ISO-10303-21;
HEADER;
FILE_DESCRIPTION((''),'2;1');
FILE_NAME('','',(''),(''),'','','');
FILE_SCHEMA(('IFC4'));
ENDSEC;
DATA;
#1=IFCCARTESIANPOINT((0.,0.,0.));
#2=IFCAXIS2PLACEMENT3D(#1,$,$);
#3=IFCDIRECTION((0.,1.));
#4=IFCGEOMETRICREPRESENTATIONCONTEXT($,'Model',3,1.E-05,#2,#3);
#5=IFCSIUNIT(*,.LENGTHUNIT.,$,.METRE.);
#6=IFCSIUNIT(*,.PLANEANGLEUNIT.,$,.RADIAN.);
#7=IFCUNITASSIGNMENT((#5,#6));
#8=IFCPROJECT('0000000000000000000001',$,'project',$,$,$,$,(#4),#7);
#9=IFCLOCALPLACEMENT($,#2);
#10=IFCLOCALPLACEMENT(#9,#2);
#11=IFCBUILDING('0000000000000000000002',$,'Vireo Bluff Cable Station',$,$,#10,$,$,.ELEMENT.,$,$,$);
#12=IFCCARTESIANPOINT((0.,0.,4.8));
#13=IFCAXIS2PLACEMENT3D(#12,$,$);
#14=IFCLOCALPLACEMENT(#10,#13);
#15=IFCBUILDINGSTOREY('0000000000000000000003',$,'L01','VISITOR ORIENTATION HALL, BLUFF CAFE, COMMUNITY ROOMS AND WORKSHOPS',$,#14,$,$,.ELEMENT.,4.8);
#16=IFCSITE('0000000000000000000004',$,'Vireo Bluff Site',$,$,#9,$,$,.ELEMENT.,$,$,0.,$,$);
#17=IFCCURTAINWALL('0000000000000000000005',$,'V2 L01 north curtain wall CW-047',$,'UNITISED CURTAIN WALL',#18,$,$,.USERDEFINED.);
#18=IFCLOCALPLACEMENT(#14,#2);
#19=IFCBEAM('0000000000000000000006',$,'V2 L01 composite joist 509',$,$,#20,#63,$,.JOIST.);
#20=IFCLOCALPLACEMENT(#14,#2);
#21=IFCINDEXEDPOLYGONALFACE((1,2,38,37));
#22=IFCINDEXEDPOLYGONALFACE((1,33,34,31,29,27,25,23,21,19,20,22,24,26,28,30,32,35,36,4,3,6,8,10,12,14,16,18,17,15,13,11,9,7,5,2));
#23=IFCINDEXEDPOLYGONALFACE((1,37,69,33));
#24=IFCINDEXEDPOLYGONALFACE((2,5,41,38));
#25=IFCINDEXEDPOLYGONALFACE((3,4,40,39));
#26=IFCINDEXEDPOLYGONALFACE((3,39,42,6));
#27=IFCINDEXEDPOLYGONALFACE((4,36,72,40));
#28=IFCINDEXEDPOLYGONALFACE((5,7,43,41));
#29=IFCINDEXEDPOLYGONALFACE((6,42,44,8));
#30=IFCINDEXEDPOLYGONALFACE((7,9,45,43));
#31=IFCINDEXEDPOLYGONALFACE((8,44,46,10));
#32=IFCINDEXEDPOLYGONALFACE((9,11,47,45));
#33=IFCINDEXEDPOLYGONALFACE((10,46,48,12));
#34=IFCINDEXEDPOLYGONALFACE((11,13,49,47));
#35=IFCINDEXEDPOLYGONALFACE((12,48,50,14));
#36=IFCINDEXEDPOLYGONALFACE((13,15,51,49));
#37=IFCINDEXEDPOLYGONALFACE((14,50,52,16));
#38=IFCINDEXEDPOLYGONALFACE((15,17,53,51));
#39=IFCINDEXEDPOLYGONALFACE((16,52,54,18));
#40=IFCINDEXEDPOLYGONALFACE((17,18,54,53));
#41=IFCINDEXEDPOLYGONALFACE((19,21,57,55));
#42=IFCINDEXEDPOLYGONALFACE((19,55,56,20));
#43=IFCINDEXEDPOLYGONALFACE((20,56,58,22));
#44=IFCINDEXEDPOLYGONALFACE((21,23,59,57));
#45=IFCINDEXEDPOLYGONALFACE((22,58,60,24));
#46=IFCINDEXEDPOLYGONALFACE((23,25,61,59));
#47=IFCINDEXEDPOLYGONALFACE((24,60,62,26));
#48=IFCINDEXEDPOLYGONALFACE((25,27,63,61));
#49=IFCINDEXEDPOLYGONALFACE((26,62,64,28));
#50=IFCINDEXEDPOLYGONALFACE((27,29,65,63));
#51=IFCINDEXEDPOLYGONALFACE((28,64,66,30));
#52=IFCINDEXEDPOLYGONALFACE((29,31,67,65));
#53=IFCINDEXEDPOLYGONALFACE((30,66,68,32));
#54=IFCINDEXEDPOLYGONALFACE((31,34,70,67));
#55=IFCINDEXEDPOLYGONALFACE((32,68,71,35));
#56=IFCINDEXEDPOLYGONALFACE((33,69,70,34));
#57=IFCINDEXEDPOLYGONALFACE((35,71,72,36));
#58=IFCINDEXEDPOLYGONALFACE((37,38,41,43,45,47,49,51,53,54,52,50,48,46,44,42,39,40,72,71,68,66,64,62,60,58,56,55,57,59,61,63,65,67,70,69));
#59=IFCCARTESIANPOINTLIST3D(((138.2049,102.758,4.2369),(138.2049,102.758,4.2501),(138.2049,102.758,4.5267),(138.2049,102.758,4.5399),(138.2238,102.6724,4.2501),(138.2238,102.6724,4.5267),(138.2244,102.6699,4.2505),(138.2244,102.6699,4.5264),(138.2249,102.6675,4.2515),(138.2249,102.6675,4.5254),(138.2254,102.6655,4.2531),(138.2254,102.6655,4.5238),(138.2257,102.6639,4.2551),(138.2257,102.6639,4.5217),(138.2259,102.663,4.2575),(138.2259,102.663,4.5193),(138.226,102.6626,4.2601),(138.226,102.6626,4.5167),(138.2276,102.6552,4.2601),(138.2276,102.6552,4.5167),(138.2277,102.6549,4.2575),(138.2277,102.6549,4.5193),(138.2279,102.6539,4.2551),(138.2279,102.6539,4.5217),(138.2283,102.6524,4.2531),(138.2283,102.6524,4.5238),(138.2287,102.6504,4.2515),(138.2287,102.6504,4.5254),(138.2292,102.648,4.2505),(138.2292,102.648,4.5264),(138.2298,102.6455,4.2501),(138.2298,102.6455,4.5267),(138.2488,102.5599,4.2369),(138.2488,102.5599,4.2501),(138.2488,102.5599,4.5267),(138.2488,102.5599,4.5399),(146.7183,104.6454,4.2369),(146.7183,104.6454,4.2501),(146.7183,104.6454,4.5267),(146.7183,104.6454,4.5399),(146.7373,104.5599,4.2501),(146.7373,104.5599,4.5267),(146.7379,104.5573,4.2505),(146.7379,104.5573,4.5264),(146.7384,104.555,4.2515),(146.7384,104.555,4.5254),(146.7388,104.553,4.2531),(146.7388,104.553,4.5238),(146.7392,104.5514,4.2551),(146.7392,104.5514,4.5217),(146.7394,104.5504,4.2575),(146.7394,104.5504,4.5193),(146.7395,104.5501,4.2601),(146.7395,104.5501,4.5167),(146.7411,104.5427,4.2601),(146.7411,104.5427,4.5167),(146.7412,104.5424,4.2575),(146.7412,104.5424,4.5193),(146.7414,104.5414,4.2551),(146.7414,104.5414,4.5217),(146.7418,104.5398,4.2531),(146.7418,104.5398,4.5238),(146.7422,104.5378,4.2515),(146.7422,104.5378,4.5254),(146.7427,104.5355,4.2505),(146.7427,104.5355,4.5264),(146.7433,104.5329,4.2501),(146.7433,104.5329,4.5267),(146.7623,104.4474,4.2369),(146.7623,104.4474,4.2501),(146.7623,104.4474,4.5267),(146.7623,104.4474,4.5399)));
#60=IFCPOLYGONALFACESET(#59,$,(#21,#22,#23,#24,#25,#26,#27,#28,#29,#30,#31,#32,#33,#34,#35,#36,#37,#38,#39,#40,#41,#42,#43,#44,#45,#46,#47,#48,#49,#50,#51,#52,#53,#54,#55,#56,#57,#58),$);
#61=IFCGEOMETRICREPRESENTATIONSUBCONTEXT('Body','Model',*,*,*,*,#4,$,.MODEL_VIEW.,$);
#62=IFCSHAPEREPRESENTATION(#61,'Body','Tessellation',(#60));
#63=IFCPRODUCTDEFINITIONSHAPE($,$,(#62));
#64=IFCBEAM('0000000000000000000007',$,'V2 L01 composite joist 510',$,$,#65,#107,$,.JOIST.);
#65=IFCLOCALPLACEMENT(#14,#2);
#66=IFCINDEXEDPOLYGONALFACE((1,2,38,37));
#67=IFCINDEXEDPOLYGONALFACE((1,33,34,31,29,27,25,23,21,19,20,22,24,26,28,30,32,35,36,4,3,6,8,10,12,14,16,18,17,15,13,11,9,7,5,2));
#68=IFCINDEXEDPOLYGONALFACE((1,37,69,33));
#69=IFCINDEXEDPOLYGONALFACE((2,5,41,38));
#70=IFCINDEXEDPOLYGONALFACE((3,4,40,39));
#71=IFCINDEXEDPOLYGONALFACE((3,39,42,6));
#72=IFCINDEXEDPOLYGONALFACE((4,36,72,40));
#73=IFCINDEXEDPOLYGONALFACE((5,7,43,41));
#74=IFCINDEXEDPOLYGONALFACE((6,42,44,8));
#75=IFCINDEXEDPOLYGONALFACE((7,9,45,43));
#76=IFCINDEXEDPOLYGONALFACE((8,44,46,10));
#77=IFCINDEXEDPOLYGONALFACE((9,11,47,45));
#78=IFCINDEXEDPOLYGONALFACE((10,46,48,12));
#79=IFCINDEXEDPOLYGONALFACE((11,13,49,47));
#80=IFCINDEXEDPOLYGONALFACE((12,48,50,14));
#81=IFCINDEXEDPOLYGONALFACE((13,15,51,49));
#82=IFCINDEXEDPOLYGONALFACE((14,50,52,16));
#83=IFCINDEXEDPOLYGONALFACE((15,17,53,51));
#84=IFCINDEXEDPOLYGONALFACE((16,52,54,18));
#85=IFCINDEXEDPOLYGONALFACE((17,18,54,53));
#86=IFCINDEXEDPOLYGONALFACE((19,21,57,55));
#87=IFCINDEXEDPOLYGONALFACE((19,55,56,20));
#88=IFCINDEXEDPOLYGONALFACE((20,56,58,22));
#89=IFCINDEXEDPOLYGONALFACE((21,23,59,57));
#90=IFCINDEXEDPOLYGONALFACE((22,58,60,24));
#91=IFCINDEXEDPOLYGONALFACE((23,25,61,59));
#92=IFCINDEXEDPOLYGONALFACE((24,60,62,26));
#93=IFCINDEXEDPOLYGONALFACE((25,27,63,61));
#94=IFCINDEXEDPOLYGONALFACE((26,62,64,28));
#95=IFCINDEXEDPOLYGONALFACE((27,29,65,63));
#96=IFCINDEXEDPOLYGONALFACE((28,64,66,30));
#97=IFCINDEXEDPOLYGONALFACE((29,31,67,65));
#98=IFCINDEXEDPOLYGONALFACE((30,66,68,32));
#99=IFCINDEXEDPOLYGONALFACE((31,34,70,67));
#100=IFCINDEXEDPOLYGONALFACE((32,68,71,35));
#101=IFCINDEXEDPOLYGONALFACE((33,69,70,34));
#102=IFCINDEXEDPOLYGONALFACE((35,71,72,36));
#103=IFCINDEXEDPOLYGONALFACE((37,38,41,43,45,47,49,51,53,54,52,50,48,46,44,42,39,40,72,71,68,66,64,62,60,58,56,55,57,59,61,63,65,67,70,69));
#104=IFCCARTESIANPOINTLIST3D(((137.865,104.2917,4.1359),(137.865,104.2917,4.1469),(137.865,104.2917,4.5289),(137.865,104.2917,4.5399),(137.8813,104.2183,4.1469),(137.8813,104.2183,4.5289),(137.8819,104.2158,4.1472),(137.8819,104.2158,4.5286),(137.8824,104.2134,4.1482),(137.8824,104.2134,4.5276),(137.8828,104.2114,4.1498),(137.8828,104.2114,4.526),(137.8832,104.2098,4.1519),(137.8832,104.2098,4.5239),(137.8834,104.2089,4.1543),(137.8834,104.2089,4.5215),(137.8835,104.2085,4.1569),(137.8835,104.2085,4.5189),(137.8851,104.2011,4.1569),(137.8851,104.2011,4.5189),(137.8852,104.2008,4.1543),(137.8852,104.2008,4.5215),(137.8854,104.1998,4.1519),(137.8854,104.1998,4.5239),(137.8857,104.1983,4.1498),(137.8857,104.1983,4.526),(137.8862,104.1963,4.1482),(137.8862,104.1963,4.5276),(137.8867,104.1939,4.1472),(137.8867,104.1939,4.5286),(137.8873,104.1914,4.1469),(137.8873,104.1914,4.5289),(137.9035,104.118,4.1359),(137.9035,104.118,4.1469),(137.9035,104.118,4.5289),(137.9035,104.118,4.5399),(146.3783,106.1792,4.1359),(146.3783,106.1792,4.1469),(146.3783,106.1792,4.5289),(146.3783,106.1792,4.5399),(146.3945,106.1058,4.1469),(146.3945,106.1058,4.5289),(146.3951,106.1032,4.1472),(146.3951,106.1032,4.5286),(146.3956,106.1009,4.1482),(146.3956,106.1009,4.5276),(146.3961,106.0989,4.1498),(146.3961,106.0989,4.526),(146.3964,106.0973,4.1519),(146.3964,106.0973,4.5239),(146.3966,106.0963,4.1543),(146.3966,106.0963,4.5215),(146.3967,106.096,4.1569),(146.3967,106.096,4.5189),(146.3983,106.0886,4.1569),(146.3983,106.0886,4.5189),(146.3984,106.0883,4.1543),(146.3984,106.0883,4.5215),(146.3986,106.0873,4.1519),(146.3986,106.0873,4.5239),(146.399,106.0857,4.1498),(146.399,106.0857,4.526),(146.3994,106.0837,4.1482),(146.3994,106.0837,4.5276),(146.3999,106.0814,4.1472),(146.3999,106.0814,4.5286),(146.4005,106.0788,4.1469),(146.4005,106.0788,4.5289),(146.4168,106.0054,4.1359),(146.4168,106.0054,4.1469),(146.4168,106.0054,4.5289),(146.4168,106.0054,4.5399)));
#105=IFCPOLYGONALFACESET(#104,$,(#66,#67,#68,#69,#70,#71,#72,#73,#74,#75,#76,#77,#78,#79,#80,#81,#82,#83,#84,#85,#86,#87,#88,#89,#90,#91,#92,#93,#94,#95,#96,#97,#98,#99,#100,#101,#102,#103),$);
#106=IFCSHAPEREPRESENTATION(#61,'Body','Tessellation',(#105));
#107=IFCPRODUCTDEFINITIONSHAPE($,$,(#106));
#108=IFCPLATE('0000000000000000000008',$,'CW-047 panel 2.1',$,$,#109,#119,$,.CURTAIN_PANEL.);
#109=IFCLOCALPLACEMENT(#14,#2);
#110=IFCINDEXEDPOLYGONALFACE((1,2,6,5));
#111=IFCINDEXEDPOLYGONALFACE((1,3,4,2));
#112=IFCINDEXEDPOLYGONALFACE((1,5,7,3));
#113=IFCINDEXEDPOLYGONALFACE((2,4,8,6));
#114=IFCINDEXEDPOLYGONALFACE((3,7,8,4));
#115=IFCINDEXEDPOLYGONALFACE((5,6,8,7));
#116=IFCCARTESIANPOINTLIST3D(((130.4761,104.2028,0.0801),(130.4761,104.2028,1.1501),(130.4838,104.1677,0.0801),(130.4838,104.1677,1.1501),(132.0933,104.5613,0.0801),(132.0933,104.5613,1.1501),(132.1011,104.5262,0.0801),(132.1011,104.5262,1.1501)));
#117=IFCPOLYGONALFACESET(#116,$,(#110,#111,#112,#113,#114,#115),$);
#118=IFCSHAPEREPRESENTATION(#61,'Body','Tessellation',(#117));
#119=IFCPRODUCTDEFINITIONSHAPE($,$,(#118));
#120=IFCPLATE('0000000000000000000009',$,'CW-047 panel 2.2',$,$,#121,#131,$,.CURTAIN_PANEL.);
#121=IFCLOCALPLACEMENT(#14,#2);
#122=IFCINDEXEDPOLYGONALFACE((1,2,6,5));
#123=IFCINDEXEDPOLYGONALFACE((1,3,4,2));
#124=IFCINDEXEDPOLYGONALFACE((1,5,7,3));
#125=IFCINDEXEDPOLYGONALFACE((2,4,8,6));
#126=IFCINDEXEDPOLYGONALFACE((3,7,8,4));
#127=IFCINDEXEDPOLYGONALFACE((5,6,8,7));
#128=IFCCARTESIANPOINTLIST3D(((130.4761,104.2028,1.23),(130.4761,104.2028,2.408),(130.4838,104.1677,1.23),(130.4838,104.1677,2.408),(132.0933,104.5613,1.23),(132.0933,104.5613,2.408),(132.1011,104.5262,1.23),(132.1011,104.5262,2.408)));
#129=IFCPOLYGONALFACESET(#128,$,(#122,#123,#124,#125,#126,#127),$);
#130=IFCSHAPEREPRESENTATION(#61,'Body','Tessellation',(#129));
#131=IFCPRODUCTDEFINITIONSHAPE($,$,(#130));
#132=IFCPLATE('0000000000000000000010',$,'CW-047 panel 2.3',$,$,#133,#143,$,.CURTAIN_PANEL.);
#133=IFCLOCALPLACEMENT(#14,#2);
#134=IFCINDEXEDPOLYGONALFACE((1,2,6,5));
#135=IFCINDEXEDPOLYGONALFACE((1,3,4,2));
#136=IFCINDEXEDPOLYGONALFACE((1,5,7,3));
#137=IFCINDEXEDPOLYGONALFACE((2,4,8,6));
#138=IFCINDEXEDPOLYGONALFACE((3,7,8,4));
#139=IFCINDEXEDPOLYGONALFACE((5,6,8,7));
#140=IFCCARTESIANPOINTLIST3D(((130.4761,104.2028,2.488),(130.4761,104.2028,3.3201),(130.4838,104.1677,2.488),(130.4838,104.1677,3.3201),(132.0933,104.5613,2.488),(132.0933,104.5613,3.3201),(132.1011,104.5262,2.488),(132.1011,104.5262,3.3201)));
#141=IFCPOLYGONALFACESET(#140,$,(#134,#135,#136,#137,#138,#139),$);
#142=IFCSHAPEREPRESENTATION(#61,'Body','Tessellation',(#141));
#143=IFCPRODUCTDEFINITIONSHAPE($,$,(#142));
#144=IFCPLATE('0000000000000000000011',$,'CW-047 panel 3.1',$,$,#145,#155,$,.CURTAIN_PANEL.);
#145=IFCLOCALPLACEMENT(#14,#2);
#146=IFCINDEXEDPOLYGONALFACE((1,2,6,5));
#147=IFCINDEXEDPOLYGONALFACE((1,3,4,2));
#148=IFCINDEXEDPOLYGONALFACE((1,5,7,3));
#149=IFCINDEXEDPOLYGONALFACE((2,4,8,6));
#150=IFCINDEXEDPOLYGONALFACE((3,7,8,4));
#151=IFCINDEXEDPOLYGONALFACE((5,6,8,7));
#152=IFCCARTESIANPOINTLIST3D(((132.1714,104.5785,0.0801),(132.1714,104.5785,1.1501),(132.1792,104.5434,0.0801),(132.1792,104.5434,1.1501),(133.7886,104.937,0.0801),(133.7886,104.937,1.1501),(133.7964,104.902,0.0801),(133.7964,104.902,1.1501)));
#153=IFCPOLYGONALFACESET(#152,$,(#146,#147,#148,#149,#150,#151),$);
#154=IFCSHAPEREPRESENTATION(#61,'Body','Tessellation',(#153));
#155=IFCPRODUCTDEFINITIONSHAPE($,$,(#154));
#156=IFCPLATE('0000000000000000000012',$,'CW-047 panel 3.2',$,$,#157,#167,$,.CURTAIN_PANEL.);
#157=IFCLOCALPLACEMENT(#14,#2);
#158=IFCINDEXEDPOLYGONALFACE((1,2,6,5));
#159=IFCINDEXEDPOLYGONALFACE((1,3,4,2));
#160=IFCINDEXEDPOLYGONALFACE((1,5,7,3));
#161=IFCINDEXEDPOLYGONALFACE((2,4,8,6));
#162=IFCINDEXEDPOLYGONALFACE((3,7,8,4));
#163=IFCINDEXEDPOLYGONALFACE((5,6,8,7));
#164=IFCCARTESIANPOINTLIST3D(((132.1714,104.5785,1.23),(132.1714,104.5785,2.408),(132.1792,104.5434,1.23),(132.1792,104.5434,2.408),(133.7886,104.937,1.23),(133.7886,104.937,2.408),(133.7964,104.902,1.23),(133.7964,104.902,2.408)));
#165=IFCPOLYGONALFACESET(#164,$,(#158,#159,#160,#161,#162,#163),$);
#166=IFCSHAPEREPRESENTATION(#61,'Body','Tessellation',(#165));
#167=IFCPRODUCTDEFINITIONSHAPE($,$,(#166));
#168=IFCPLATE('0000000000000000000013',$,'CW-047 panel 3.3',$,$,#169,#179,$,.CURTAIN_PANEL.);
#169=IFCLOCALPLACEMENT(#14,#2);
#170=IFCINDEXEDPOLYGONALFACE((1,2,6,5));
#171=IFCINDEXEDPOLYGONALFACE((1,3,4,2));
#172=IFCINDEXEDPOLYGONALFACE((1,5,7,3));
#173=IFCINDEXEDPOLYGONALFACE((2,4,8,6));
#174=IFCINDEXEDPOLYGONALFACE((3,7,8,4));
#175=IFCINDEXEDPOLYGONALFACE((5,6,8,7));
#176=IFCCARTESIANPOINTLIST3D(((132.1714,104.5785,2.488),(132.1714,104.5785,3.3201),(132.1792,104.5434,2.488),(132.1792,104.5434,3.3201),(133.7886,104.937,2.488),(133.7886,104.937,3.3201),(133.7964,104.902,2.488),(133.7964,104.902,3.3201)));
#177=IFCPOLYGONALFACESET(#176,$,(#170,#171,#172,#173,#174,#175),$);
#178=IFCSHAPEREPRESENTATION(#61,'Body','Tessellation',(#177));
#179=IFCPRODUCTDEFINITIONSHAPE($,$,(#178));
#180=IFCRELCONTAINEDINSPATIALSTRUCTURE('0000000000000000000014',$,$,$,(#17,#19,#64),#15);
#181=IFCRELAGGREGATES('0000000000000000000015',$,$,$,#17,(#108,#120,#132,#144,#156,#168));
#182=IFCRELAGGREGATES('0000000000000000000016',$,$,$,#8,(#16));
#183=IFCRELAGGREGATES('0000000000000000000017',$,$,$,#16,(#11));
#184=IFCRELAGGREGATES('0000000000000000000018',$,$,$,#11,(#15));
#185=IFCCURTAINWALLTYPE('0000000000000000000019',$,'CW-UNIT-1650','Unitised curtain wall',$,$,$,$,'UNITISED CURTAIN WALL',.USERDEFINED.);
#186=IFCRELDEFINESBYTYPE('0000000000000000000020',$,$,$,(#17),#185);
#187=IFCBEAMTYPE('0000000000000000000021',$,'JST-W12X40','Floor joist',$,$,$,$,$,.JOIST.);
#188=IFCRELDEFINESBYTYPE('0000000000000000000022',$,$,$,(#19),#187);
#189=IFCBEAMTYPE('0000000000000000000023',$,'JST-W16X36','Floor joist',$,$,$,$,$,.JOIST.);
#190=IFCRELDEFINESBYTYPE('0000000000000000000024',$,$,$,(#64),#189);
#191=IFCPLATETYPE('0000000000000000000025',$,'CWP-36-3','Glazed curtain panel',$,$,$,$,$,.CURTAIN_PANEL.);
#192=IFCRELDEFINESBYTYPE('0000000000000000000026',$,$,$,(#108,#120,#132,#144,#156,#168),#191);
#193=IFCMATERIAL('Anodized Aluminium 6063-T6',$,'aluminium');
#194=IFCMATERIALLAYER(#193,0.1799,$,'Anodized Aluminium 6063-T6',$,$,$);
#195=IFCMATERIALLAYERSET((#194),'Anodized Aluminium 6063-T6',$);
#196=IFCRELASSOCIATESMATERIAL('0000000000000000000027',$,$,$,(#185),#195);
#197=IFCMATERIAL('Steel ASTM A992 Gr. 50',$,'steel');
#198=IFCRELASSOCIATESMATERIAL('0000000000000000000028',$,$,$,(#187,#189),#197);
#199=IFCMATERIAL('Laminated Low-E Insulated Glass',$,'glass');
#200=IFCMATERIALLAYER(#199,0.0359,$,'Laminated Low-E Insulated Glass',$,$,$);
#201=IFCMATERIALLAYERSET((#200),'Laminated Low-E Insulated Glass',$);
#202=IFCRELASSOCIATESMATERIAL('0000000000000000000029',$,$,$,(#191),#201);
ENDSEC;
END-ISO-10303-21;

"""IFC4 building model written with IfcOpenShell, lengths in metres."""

from ifc_helpers import new_model, si_unit, direction, frame, origin, origin_2d, place, context, subcontext, project, spatial, rectangle, i_section, extrude, material, layer, layer_set, material_profile, profile_set, type_object, element, aggregate, save


model = new_model("IFC4")

# Units and contexts
model_context = context("Model", 3, precision=1e-05, world=origin(), true_north=direction((0.0, 1.0)))
body_context = subcontext(model_context, "Body", "Model", "MODEL_VIEW")
ifc_project = project(units=[si_unit("LENGTHUNIT", "METRE"), si_unit("PLANEANGLEUNIT", "RADIAN")], contexts=[model_context])

# Site, building, storey
site_placement = place(None, origin())
site = spatial("IfcSite", under=ifc_project, at=site_placement, Name="Vireo Bluff Site", CompositionType="ELEMENT", RefElevation=0.0)
building_placement = place(site_placement, origin())
building = spatial("IfcBuilding", under=site, at=building_placement, Name="Vireo Bluff Cable Station", CompositionType="ELEMENT")
storey_placement = place(building_placement, frame((0.0, 0.0, 4.8)))
storey = spatial("IfcBuildingStorey", under=building, at=storey_placement, Name="L01", Description="VISITOR ORIENTATION HALL, BLUFF CAFE, COMMUNITY ROOMS AND WORKSHOPS", CompositionType="ELEMENT", Elevation=4.8)

# Shared definitions
ifc_material_1 = material(Name="Steel ASTM A992 Gr. 50", Category="steel")

# Curtain wall
ifc_material_2 = material(Name="Anodized Aluminium 6063-T6", Category="aluminium")
ifc_layer_1 = layer(ifc_material_2, 0.1799, Name="Anodized Aluminium 6063-T6")
ifc_layer_set_1 = layer_set([ifc_layer_1], Name="Anodized Aluminium 6063-T6")
curtain_wall_type = type_object("IfcCurtainWallType", Name="CW-UNIT-1650", Description="Unitised curtain wall", ElementType="UNITISED CURTAIN WALL", PredefinedType="USERDEFINED", material=ifc_layer_set_1)
curtain_wall_placement = place(storey_placement, origin())
curtain_wall = element("IfcCurtainWall", 1, at=curtain_wall_placement, inside=storey, type_object=curtain_wall_type, Name="V2 L01 north curtain wall CW-047", ObjectType="UNITISED CURTAIN WALL", PredefinedType="USERDEFINED")

# Beams
ifc_material_profile_1 = material_profile(ifc_material_1, i_section(OverallWidth=0.2029, OverallDepth=0.303, WebThickness=0.0076, FlangeThickness=0.0132, FilletRadius=0.01, at=origin_2d()), Name="W12X40")
ifc_profile_set_1 = profile_set([ifc_material_profile_1], Name="Steel ASTM A992 Gr. 50")
beam_type_1 = type_object("IfcBeamType", Name="JST-W12X40", Description="Floor joist", PredefinedType="JOIST", material=ifc_profile_set_1)
beam_1_placement = place(storey_placement, frame((138.2268, 102.6589, 4.3884), z_axis=(0.976294, 0.216447, 0.0), x_axis=(-0.216447, 0.976294, 0.0)))
element("IfcBeam", 2, at=beam_1_placement, inside=storey, type_object=beam_type_1, Name="V2 L01 composite joist 509", PredefinedType="JOIST", context=body_context, shape_type="SweptSolid", body=[
    extrude(i_section(OverallWidth=0.2029, OverallDepth=0.303, WebThickness=0.0076, FlangeThickness=0.0132, FilletRadius=0.01, at=origin_2d()), origin(), (0.0, 0.0, 1.0), 8.7202),
])
ifc_material_profile_2 = material_profile(ifc_material_1, i_section(OverallWidth=0.178, OverallDepth=0.4041, WebThickness=0.0076, FlangeThickness=0.011, FilletRadius=0.01, at=origin_2d()), Name="W16X36")
ifc_profile_set_2 = profile_set([ifc_material_profile_2], Name="Steel ASTM A992 Gr. 50")
beam_type_2 = type_object("IfcBeamType", Name="JST-W16X36", Description="Floor joist", PredefinedType="JOIST", material=ifc_profile_set_2)
beam_2_placement = place(storey_placement, frame((137.8843, 104.2048, 4.3379), z_axis=(0.976293, 0.216453, 0.0), x_axis=(-0.216453, 0.976293, 0.0)))
element("IfcBeam", 3, at=beam_2_placement, inside=storey, type_object=beam_type_2, Name="V2 L01 composite joist 510", PredefinedType="JOIST", context=body_context, shape_type="SweptSolid", body=[
    extrude(i_section(OverallWidth=0.178, OverallDepth=0.4041, WebThickness=0.0076, FlangeThickness=0.011, FilletRadius=0.01, at=origin_2d()), origin(), (0.0, 0.0, 1.0), 8.72),
])

# Plates
ifc_material_3 = material(Name="Laminated Low-E Insulated Glass", Category="glass")
ifc_layer_2 = layer(ifc_material_3, 0.0359, Name="Laminated Low-E Insulated Glass")
ifc_layer_set_2 = layer_set([ifc_layer_2], Name="Laminated Low-E Insulated Glass")
plate_type = type_object("IfcPlateType", Name="CWP-36-3", Description="Glazed curtain panel", PredefinedType="CURTAIN_PANEL", material=ifc_layer_set_2)
plate_1_placement = place(storey_placement, frame((131.2886, 104.3645, 0.0801), z_axis=(0.0, 0.0, 1.0), x_axis=(0.976296, 0.21644, 0.0)))
plate_1 = element("IfcPlate", 4, at=plate_1_placement, type_object=plate_type, Name="CW-047 panel 2.1", PredefinedType="CURTAIN_PANEL", context=body_context, shape_type="SweptSolid", body=[
    extrude(rectangle(XDim=1.6565, YDim=0.0359, at=origin_2d()), origin(), (0.0, 0.0, 1.0), 1.0701),
])
plate_2_placement = place(storey_placement, frame((131.2886, 104.3645, 1.23), z_axis=(0.0, 0.0, 1.0), x_axis=(0.976296, 0.21644, 0.0)))
plate_2 = element("IfcPlate", 5, at=plate_2_placement, type_object=plate_type, Name="CW-047 panel 2.2", PredefinedType="CURTAIN_PANEL", context=body_context, shape_type="SweptSolid", body=[
    extrude(rectangle(XDim=1.6565, YDim=0.0359, at=origin_2d()), origin(), (0.0, 0.0, 1.0), 1.178),
])
plate_3_placement = place(storey_placement, frame((131.2886, 104.3645, 2.488), z_axis=(0.0, 0.0, 1.0), x_axis=(0.976296, 0.21644, 0.0)))
plate_3 = element("IfcPlate", 6, at=plate_3_placement, type_object=plate_type, Name="CW-047 panel 2.3", PredefinedType="CURTAIN_PANEL", context=body_context, shape_type="SweptSolid", body=[
    extrude(rectangle(XDim=1.6565, YDim=0.0359, at=origin_2d()), origin(), (0.0, 0.0, 1.0), 0.832),
])
plate_4_placement = place(storey_placement, frame((132.9839, 104.7402, 0.0801), z_axis=(0.0, 0.0, 1.0), x_axis=(0.976296, 0.21644, 0.0)))
plate_4 = element("IfcPlate", 7, at=plate_4_placement, type_object=plate_type, Name="CW-047 panel 3.1", PredefinedType="CURTAIN_PANEL", context=body_context, shape_type="SweptSolid", body=[
    extrude(rectangle(XDim=1.6565, YDim=0.0359, at=origin_2d()), origin(), (0.0, 0.0, 1.0), 1.0701),
])
plate_5_placement = place(storey_placement, frame((132.9839, 104.7402, 1.23), z_axis=(0.0, 0.0, 1.0), x_axis=(0.976296, 0.21644, 0.0)))
plate_5 = element("IfcPlate", 8, at=plate_5_placement, type_object=plate_type, Name="CW-047 panel 3.2", PredefinedType="CURTAIN_PANEL", context=body_context, shape_type="SweptSolid", body=[
    extrude(rectangle(XDim=1.6565, YDim=0.0359, at=origin_2d()), origin(), (0.0, 0.0, 1.0), 1.178),
])
plate_6_placement = place(storey_placement, frame((132.9839, 104.7402, 2.488), z_axis=(0.0, 0.0, 1.0), x_axis=(0.976296, 0.21644, 0.0)))
plate_6 = element("IfcPlate", 9, at=plate_6_placement, type_object=plate_type, Name="CW-047 panel 3.3", PredefinedType="CURTAIN_PANEL", context=body_context, shape_type="SweptSolid", body=[
    extrude(rectangle(XDim=1.6565, YDim=0.0359, at=origin_2d()), origin(), (0.0, 0.0, 1.0), 0.832),
])
aggregate(curtain_wall, [plate_1, plate_2, plate_3, plate_4, plate_5, plate_6])

save(model, "model.ifc")
